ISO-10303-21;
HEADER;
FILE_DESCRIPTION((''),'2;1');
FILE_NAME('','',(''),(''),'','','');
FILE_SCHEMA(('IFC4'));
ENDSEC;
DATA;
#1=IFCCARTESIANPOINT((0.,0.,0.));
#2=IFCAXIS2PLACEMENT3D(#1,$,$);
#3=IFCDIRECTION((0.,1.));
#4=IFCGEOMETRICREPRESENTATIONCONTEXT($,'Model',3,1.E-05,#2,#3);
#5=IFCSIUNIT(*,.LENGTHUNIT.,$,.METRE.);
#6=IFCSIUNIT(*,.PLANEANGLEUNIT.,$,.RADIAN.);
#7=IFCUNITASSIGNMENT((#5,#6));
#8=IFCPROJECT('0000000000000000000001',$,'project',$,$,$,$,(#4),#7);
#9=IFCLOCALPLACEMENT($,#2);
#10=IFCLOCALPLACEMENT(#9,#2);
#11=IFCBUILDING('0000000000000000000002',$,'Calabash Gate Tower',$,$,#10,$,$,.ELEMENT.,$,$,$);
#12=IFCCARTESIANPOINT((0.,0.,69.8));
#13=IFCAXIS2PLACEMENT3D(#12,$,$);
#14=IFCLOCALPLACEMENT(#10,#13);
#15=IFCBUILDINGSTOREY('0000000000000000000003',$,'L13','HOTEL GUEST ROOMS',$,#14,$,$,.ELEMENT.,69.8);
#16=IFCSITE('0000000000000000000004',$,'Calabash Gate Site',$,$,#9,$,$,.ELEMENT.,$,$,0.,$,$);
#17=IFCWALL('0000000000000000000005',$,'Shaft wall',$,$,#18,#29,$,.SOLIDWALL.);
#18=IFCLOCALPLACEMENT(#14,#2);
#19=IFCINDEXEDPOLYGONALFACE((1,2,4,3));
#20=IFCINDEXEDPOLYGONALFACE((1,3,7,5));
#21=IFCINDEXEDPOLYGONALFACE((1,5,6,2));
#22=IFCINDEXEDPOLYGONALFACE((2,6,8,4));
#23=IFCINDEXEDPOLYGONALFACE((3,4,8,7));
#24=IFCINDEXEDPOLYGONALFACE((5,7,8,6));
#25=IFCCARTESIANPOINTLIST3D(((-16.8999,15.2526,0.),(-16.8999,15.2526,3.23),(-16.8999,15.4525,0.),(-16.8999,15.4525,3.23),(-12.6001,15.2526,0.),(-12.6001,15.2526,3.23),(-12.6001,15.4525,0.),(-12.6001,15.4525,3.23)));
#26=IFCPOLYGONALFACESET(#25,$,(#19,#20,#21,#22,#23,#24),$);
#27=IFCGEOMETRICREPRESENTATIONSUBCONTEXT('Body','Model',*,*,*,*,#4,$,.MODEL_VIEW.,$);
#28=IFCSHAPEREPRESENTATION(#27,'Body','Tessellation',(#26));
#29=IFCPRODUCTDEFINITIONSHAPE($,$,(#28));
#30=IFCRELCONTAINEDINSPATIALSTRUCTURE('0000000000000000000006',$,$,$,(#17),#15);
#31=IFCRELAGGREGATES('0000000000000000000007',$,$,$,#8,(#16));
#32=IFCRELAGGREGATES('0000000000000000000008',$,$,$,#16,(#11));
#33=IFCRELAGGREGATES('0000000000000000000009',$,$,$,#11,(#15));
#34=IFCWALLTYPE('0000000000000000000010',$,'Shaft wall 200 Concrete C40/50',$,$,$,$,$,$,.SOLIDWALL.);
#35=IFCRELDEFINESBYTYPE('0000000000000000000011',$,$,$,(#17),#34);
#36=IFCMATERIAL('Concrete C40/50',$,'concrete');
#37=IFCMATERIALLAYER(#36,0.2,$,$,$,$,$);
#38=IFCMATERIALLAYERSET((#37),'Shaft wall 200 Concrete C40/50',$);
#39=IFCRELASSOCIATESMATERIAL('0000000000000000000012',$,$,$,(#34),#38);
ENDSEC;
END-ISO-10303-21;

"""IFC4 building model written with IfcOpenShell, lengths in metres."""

from ifc_helpers import new_model, si_unit, direction, frame, frame_2d, origin, place, context, subcontext, project, spatial, rectangle, extrude, material, layer, layer_set, type_object, element, save


model = new_model("IFC4")

# Units and contexts
model_context = context("Model", 3, precision=1e-05, world=origin(), true_north=direction((0.0, 1.0)))
body_context = subcontext(model_context, "Body", "Model", "MODEL_VIEW")
ifc_project = project(units=[si_unit("LENGTHUNIT", "METRE"), si_unit("PLANEANGLEUNIT", "RADIAN")], contexts=[model_context])

# Site, building, storey
site_placement = place(None, origin())
site = spatial("IfcSite", under=ifc_project, at=site_placement, Name="Calabash Gate Site", CompositionType="ELEMENT", RefElevation=0.0)
building_placement = place(site_placement, origin())
building = spatial("IfcBuilding", under=site, at=building_placement, Name="Calabash Gate Tower", CompositionType="ELEMENT")
storey_placement = place(building_placement, frame((0.0, 0.0, 69.8)))
storey = spatial("IfcBuildingStorey", under=building, at=storey_placement, Name="L13", Description="HOTEL GUEST ROOMS", CompositionType="ELEMENT", Elevation=69.8)

# Wall
ifc_material_1 = material(Name="Concrete C40/50", Category="concrete")
ifc_layer_1 = layer(ifc_material_1, 0.2)
ifc_layer_set_1 = layer_set([ifc_layer_1], Name="Shaft wall 200 Concrete C40/50")
wall_type_1 = type_object("IfcWallType", Name="Shaft wall 200 Concrete C40/50", PredefinedType="SOLIDWALL", material=ifc_layer_set_1)
wall_1_placement = place(storey_placement, frame((-16.8999, 15.3525, 0.0), z_axis=(0.0, 0.0, 1.0), x_axis=(1.0, 0.0, 0.0)))
element("IfcWall", 1, at=wall_1_placement, inside=storey, type_object=wall_type_1, Name="Shaft wall", PredefinedType="SOLIDWALL", context=body_context, shape_type="SweptSolid", body=[
    extrude(rectangle(XDim=4.2998, YDim=0.2, at=frame_2d((2.1499, 0.0))), origin(), (0.0, 0.0, 1.0), 3.23),
])

save(model, "model.ifc")
